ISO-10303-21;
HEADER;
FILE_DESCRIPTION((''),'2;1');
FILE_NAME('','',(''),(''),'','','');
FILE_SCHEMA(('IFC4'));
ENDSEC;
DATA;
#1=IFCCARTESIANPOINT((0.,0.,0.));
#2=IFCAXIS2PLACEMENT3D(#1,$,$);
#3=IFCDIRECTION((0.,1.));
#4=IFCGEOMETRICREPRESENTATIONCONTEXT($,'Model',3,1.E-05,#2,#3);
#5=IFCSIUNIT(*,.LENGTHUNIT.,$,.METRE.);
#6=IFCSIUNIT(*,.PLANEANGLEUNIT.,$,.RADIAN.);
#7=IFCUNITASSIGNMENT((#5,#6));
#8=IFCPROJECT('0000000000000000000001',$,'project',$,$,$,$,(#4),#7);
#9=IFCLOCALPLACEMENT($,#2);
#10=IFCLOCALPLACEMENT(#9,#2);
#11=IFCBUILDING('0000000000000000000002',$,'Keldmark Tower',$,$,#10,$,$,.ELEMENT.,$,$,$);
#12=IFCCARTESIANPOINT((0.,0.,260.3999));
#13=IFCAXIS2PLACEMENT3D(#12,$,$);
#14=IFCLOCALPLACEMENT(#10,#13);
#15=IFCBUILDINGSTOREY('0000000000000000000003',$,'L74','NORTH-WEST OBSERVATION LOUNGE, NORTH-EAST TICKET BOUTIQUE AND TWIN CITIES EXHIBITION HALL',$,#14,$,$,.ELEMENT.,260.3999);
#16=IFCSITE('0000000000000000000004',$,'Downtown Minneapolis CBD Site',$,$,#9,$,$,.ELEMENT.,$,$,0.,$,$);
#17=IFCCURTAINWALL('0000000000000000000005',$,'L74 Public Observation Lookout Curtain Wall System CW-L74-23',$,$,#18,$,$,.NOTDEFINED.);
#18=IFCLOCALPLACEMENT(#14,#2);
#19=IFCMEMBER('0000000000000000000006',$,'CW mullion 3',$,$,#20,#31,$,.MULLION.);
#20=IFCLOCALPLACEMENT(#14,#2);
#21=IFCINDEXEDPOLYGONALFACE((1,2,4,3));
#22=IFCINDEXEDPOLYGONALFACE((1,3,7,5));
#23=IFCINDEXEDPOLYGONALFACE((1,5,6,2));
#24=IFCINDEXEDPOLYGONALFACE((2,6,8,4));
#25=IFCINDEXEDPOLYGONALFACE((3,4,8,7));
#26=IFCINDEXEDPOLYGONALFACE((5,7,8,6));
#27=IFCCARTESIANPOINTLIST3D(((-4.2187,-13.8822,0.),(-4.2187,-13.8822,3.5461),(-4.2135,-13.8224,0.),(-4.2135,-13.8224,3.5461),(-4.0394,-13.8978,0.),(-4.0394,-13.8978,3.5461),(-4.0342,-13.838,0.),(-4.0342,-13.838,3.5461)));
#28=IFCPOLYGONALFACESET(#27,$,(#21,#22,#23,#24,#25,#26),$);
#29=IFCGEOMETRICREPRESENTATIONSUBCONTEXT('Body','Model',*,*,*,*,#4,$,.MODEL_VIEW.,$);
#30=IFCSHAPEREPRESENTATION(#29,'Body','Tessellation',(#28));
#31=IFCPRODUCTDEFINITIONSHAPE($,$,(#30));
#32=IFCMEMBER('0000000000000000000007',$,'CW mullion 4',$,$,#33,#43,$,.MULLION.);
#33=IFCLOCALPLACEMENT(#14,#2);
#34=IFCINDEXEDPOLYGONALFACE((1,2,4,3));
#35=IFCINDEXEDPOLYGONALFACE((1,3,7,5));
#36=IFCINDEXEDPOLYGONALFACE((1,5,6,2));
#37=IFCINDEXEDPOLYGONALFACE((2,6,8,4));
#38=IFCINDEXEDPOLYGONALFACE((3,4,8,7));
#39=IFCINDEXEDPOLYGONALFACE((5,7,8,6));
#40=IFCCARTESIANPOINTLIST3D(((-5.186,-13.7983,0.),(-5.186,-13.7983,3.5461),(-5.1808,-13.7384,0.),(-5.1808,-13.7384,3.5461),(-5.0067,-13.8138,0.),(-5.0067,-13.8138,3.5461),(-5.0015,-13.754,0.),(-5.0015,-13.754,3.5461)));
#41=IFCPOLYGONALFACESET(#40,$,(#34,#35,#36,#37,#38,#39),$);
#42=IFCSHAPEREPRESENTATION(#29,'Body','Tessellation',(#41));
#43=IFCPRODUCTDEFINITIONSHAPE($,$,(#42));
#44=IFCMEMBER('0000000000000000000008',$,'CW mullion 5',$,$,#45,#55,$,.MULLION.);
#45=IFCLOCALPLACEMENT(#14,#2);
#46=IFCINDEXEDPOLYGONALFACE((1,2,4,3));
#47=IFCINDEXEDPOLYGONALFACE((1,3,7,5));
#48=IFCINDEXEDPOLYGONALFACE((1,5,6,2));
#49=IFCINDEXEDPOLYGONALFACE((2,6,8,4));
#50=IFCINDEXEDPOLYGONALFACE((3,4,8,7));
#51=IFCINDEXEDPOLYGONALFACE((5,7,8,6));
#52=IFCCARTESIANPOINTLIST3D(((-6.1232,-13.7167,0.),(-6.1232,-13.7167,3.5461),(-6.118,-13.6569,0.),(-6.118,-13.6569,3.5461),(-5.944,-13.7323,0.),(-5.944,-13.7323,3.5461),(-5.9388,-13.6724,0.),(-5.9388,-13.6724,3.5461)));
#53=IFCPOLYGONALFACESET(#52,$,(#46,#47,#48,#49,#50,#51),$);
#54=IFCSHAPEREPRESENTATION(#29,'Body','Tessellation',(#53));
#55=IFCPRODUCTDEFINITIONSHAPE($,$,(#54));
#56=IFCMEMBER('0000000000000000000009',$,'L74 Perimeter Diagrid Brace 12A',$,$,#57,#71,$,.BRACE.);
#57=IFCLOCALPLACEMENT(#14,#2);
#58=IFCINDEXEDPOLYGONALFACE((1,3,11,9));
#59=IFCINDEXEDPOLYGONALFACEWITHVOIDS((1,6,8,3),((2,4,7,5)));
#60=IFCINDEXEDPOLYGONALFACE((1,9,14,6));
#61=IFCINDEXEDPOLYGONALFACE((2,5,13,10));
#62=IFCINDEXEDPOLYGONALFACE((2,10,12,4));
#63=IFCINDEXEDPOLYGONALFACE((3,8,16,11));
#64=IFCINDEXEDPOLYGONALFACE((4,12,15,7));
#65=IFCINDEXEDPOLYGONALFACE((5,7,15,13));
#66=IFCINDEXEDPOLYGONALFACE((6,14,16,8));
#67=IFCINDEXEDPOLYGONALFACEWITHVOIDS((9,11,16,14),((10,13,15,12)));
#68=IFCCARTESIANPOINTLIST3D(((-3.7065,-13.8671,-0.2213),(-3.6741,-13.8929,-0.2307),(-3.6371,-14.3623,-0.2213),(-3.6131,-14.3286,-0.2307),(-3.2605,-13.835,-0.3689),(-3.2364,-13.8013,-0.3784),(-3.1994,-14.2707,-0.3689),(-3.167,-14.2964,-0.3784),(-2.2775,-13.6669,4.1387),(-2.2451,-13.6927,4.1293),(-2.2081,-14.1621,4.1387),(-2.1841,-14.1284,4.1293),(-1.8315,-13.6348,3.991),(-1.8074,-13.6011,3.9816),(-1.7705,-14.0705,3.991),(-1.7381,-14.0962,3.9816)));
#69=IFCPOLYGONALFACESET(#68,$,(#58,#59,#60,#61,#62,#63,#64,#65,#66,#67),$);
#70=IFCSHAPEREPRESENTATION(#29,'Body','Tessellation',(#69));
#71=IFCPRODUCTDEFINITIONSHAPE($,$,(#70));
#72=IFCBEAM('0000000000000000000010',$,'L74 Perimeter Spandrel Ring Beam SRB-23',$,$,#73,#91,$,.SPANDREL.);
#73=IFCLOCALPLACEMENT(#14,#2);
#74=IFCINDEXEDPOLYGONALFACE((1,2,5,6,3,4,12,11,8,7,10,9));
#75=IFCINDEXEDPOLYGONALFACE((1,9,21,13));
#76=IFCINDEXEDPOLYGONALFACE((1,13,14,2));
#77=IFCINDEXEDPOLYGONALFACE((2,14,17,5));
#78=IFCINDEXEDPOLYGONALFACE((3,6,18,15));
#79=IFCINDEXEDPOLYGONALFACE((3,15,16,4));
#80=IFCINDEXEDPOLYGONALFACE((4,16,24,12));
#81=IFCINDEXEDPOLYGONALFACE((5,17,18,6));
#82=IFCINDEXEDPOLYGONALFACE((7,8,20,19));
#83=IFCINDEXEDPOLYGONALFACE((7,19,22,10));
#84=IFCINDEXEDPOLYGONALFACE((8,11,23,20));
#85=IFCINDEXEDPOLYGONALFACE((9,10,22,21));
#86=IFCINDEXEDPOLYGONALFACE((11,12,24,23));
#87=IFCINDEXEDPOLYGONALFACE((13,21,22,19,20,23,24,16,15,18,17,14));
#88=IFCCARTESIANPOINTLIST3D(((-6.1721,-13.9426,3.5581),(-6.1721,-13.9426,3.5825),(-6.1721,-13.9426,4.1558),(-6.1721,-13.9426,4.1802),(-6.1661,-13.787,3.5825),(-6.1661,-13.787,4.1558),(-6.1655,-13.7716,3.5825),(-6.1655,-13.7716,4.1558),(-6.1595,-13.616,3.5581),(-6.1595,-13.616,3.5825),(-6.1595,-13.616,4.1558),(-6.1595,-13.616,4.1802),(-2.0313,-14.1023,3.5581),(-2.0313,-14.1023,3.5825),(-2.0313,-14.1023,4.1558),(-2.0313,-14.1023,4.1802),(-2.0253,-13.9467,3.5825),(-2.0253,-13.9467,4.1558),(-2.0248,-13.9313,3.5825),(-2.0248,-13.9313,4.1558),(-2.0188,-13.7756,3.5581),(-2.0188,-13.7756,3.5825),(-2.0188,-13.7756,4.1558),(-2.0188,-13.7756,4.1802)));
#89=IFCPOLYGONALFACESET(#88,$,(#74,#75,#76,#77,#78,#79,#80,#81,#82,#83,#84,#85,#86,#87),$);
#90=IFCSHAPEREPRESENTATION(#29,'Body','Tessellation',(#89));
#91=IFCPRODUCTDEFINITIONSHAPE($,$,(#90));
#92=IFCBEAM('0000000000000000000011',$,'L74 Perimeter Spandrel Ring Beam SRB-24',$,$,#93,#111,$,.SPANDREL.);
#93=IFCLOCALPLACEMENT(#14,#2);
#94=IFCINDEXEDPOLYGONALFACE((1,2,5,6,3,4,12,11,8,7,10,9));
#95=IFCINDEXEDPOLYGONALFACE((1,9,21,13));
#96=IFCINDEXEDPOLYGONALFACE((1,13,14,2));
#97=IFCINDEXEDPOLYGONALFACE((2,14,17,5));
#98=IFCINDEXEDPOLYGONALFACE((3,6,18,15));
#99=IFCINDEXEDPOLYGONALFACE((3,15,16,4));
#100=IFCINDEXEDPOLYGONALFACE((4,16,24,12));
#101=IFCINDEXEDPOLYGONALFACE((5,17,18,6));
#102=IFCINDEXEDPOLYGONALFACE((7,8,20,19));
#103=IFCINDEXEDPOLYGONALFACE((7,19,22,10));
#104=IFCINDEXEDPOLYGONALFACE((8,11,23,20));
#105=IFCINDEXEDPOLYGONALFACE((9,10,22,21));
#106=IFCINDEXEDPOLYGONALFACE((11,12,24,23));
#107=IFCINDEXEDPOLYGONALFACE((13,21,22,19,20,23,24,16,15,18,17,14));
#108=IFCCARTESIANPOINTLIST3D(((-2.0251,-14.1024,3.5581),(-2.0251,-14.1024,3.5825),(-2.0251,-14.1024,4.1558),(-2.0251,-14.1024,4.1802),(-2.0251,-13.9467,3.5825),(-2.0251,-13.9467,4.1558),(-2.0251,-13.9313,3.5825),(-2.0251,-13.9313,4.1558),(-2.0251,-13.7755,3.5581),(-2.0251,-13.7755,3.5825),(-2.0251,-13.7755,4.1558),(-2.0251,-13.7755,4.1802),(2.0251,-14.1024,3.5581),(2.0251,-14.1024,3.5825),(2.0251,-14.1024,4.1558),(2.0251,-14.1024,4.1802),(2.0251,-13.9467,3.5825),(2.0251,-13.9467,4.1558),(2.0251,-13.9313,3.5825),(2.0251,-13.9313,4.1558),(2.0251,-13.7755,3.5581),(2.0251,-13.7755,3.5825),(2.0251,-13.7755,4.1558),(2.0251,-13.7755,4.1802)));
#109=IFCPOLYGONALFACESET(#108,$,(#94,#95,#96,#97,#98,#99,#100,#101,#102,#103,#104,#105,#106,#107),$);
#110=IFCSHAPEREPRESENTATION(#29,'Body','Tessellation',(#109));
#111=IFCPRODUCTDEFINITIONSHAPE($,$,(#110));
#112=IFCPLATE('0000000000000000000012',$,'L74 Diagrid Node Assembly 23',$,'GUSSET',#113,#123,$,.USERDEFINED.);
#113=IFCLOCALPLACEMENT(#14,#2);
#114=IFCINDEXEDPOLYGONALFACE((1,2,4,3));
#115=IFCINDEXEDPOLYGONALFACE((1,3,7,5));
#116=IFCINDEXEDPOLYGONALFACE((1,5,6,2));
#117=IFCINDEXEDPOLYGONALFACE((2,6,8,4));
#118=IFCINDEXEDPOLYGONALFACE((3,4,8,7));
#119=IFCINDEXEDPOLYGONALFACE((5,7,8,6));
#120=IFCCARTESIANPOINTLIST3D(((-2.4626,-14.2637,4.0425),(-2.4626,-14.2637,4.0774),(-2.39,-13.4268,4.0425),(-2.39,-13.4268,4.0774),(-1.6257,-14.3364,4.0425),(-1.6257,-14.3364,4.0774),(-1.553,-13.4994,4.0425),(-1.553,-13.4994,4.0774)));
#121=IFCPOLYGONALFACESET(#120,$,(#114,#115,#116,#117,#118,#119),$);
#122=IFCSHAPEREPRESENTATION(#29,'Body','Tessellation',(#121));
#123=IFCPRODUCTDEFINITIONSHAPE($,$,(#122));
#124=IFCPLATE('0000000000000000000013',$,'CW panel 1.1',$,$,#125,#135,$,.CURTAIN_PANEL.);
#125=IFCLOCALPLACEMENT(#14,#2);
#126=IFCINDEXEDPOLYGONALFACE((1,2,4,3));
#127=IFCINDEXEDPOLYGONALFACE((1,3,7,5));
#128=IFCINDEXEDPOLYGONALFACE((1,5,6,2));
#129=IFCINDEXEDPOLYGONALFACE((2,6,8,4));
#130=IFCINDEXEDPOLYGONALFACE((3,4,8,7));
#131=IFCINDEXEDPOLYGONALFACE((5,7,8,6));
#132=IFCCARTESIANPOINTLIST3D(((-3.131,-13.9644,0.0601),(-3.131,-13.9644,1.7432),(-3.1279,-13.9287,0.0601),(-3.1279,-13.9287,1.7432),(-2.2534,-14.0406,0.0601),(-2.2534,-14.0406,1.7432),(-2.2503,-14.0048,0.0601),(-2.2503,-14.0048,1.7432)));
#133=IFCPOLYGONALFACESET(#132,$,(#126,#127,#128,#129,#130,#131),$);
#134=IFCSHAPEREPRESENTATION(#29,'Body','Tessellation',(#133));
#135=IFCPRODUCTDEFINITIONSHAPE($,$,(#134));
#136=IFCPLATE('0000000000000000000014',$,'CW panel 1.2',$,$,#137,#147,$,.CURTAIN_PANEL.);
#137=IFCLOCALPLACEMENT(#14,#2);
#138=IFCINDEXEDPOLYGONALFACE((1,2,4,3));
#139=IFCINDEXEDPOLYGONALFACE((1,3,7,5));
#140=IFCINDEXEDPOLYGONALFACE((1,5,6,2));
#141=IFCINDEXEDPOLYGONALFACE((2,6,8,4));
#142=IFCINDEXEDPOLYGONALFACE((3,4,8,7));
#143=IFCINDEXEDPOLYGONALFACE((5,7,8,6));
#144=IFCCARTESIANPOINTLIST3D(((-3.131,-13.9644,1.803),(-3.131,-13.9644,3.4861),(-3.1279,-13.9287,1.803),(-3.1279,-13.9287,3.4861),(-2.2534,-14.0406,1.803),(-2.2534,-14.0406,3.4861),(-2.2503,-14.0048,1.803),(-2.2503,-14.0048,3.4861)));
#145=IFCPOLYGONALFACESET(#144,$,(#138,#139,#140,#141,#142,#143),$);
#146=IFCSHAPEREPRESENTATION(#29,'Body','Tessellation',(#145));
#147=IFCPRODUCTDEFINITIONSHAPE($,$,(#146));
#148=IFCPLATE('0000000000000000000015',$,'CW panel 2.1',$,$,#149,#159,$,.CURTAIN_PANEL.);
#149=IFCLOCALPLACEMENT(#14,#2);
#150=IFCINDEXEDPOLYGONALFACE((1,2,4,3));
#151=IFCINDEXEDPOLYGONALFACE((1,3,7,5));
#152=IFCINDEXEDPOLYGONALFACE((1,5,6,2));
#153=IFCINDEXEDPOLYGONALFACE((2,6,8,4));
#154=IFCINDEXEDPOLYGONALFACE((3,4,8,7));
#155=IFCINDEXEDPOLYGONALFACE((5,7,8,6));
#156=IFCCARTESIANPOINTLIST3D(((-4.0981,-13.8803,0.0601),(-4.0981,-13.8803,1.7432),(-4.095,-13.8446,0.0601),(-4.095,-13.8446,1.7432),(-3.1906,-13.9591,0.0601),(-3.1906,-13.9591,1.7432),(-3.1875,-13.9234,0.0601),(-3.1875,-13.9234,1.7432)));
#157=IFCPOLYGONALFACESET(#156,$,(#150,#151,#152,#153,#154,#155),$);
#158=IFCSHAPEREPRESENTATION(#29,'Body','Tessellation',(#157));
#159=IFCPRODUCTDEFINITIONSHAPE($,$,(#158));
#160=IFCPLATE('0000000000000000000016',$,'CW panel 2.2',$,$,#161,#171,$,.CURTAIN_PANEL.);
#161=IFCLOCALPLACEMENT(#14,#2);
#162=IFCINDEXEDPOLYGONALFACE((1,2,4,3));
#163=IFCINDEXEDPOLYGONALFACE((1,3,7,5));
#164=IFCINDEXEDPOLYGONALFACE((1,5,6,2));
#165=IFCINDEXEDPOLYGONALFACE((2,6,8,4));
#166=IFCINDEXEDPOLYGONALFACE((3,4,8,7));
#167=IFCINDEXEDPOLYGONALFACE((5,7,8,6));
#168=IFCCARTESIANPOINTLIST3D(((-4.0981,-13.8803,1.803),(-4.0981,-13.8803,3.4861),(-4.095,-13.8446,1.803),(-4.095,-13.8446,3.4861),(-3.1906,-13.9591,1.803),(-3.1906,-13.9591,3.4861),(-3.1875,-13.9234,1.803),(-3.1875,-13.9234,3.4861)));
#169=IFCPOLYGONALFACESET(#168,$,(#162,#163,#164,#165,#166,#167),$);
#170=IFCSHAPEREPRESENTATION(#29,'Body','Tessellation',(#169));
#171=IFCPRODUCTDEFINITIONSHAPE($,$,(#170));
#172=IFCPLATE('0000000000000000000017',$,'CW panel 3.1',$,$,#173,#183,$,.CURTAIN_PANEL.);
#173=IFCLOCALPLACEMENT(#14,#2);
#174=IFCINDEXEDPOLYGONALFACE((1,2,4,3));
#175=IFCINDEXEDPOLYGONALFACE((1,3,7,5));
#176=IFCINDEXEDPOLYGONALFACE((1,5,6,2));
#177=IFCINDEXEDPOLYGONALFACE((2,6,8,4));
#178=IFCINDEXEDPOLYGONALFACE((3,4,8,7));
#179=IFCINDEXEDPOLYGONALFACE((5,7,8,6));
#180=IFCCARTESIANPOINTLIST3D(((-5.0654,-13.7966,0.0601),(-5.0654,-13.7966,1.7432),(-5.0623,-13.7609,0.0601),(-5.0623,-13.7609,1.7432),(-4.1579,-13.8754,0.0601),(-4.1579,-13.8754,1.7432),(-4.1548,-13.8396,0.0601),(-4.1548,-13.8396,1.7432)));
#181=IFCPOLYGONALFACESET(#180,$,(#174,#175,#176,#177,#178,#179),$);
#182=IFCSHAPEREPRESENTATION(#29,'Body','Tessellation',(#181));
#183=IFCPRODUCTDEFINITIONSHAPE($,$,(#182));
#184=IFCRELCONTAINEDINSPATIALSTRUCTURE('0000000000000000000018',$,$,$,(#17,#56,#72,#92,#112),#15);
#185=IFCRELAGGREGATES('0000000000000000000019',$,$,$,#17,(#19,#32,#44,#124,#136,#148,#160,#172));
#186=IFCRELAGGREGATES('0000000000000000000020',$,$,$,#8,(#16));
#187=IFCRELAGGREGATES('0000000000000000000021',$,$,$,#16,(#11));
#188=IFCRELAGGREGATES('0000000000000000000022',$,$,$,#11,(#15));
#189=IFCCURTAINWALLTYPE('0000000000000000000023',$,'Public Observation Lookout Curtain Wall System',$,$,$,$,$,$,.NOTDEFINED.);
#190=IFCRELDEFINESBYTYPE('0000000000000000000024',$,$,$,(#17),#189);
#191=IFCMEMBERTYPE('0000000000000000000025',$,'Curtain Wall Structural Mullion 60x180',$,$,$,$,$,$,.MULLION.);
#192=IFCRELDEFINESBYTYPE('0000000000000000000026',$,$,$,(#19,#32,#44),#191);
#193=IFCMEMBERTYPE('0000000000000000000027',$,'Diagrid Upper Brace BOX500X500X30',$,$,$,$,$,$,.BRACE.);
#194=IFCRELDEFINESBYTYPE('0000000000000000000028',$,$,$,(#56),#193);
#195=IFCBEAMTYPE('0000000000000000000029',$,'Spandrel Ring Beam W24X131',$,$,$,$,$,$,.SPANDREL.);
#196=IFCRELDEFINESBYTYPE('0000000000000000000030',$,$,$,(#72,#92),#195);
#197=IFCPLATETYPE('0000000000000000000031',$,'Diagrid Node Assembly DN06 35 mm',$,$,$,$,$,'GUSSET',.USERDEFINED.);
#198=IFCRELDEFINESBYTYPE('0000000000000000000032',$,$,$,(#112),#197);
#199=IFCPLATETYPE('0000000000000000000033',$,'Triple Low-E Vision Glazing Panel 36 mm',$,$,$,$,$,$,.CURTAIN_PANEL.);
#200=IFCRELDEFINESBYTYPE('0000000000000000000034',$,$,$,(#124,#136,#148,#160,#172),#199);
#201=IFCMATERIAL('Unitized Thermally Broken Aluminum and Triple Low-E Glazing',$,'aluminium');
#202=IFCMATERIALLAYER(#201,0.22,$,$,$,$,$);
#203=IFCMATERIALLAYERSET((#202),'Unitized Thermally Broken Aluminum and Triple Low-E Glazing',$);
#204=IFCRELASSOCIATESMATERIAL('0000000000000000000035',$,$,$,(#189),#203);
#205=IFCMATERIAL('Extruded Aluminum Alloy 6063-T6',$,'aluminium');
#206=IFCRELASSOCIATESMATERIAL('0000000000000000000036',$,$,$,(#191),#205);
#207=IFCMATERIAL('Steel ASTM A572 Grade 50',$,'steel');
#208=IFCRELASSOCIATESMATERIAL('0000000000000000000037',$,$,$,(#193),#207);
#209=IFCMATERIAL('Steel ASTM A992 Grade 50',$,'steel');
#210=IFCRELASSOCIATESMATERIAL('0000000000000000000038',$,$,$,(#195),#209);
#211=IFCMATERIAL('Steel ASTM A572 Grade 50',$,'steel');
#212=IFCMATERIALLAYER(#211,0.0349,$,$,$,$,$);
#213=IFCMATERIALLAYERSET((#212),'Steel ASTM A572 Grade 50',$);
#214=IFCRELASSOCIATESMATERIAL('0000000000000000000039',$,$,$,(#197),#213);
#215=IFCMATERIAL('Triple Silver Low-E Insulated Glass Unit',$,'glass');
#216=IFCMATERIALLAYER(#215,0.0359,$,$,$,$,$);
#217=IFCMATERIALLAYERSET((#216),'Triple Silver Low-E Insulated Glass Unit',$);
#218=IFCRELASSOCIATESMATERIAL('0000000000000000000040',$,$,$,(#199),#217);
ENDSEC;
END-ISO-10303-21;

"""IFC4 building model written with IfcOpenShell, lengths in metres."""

from ifc_helpers import new_model, si_unit, direction, frame, origin, origin_2d, place, context, subcontext, project, spatial, rectangle, hollow_rectangle, i_section, extrude, material, layer, layer_set, material_profile, profile_set, type_object, element, aggregate, save


model = new_model("IFC4")

# Units and contexts
model_context = context("Model", 3, precision=1e-05, world=origin(), true_north=direction((0.0, 1.0)))
body_context = subcontext(model_context, "Body", "Model", "MODEL_VIEW")
ifc_project = project(units=[si_unit("LENGTHUNIT", "METRE"), si_unit("PLANEANGLEUNIT", "RADIAN")], contexts=[model_context])

# Site, building, storey
site_placement = place(None, origin())
site = spatial("IfcSite", under=ifc_project, at=site_placement, Name="Downtown Minneapolis CBD Site", CompositionType="ELEMENT", RefElevation=0.0)
building_placement = place(site_placement, origin())
building = spatial("IfcBuilding", under=site, at=building_placement, Name="Keldmark Tower", CompositionType="ELEMENT")
storey_placement = place(building_placement, frame((0.0, 0.0, 260.3999)))
storey = spatial("IfcBuildingStorey", under=building, at=storey_placement, Name="L74", Description="NORTH-WEST OBSERVATION LOUNGE, NORTH-EAST TICKET BOUTIQUE AND TWIN CITIES EXHIBITION HALL", CompositionType="ELEMENT", Elevation=260.3999)

# Curtain wall, members
ifc_material_1 = material(Name="Unitized Thermally Broken Aluminum and Triple Low-E Glazing", Category="aluminium")
ifc_layer_1 = layer(ifc_material_1, 0.22)
ifc_layer_set_1 = layer_set([ifc_layer_1], Name="Unitized Thermally Broken Aluminum and Triple Low-E Glazing")
curtain_wall_type = type_object("IfcCurtainWallType", Name="Public Observation Lookout Curtain Wall System", PredefinedType="NOTDEFINED", material=ifc_layer_set_1)
curtain_wall_placement = place(storey_placement, origin())
curtain_wall = element("IfcCurtainWall", 1, at=curtain_wall_placement, inside=storey, type_object=curtain_wall_type, Name="L74 Public Observation Lookout Curtain Wall System CW-L74-23", PredefinedType="NOTDEFINED")
ifc_material_2 = material(Name="Extruded Aluminum Alloy 6063-T6", Category="aluminium")
ifc_material_profile_1 = material_profile(ifc_material_2, rectangle(XDim=0.0601, YDim=0.1799, at=origin_2d()), Name="CWM60X180")
ifc_profile_set_1 = profile_set([ifc_material_profile_1], Name="Extruded Aluminum Alloy 6063-T6")
member_type_1 = type_object("IfcMemberType", Name="Curtain Wall Structural Mullion 60x180", PredefinedType="MULLION", material=ifc_profile_set_1)
member_1_placement = place(storey_placement, frame((-4.1265, -13.8601, 0.0), z_axis=(0.0, 0.0, 1.0), x_axis=(-0.086472, -0.996254, 0.0)))
member_1 = element("IfcMember", 2, at=member_1_placement, type_object=member_type_1, Name="CW mullion 3", PredefinedType="MULLION", context=body_context, shape_type="SweptSolid", body=[
    extrude(rectangle(XDim=0.0601, YDim=0.1799, at=origin_2d()), origin(), (0.0, 0.0, 1.0), 3.5461),
])
member_2_placement = place(storey_placement, frame((-5.0938, -13.7761, 0.0), z_axis=(0.0, 0.0, 1.0), x_axis=(-0.086472, -0.996254, 0.0)))
member_2 = element("IfcMember", 3, at=member_2_placement, type_object=member_type_1, Name="CW mullion 4", PredefinedType="MULLION", context=body_context, shape_type="SweptSolid", body=[
    extrude(rectangle(XDim=0.0601, YDim=0.1799, at=origin_2d()), origin(), (0.0, 0.0, 1.0), 3.5461),
])
member_3_placement = place(storey_placement, frame((-6.031, -13.6946, 0.0), z_axis=(0.0, 0.0, 1.0), x_axis=(-0.086472, -0.996254, 0.0)))
member_3 = element("IfcMember", 4, at=member_3_placement, type_object=member_type_1, Name="CW mullion 5", PredefinedType="MULLION", context=body_context, shape_type="SweptSolid", body=[
    extrude(rectangle(XDim=0.0601, YDim=0.1799, at=origin_2d()), origin(), (0.0, 0.0, 1.0), 3.5461),
])

# Member
ifc_material_3 = material(Name="Steel ASTM A572 Grade 50", Category="steel")
ifc_material_profile_2 = material_profile(ifc_material_3, hollow_rectangle(XDim=0.5, YDim=0.5, WallThickness=0.03, at=origin_2d()), Name="BOX500X500X30")
ifc_profile_set_2 = profile_set([ifc_material_profile_2], Name="Steel ASTM A572 Grade 50")
member_type_2 = type_object("IfcMemberType", Name="Diagrid Upper Brace BOX500X500X30", PredefinedType="BRACE", material=ifc_profile_set_2)
member_4_placement = place(storey_placement, frame((-3.4368, -14.0818, -0.2998), z_axis=(0.311155, 0.043592, 0.949359), x_axis=(-0.138744, 0.990328, 0.0)))
element("IfcMember", 5, at=member_4_placement, inside=storey, type_object=member_type_2, Name="L74 Perimeter Diagrid Brace 12A", PredefinedType="BRACE", context=body_context, shape_type="SweptSolid", body=[
    extrude(hollow_rectangle(XDim=0.5, YDim=0.5, WallThickness=0.03, at=origin_2d()), origin(), (0.0, 0.0, 1.0), 4.5925),
])

# Beams
ifc_material_4 = material(Name="Steel ASTM A992 Grade 50", Category="steel")
ifc_material_profile_3 = material_profile(ifc_material_4, i_section(OverallWidth=0.3269, OverallDepth=0.6221, WebThickness=0.0154, FlangeThickness=0.0244, at=origin_2d()), Name="W24X131")
ifc_profile_set_3 = profile_set([ifc_material_profile_3], Name="Steel ASTM A992 Grade 50")
beam_type = type_object("IfcBeamType", Name="Spandrel Ring Beam W24X131", PredefinedType="SPANDREL", material=ifc_profile_set_3)
beam_1_placement = place(storey_placement, frame((-6.1658, -13.7793, 3.8691), z_axis=(0.999257, -0.038533, 0.0), x_axis=(0.038533, 0.999257, 0.0)))
element("IfcBeam", 6, at=beam_1_placement, inside=storey, type_object=beam_type, Name="L74 Perimeter Spandrel Ring Beam SRB-23", PredefinedType="SPANDREL", context=body_context, shape_type="SweptSolid", body=[
    extrude(i_section(OverallWidth=0.3269, OverallDepth=0.6221, WebThickness=0.0154, FlangeThickness=0.0244, at=origin_2d()), origin(), (0.0, 0.0, 1.0), 4.1438),
])
beam_2_placement = place(storey_placement, frame((-2.0251, -13.939, 3.8691), z_axis=(1.0, 0.0, 0.0), x_axis=(0.0, 1.0, 0.0)))
element("IfcBeam", 7, at=beam_2_placement, inside=storey, type_object=beam_type, Name="L74 Perimeter Spandrel Ring Beam SRB-24", PredefinedType="SPANDREL", context=body_context, shape_type="SweptSolid", body=[
    extrude(i_section(OverallWidth=0.3269, OverallDepth=0.6221, WebThickness=0.0154, FlangeThickness=0.0244, at=origin_2d()), origin(), (0.0, 0.0, 1.0), 4.0503),
])

# Plates
ifc_material_5 = material(Name="Steel ASTM A572 Grade 50", Category="steel")
ifc_layer_2 = layer(ifc_material_5, 0.0349)
ifc_layer_set_2 = layer_set([ifc_layer_2], Name="Steel ASTM A572 Grade 50")
plate_type_1 = type_object("IfcPlateType", Name="Diagrid Node Assembly DN06 35 mm", ElementType="GUSSET", PredefinedType="USERDEFINED", material=ifc_layer_set_2)
plate_1_placement = place(storey_placement, frame((-2.0078, -13.8816, 4.0425), z_axis=(0.0, 0.0, 1.0), x_axis=(0.996255, -0.08646, 0.0)))
element("IfcPlate", 8, at=plate_1_placement, inside=storey, type_object=plate_type_1, Name="L74 Diagrid Node Assembly 23", ObjectType="GUSSET", PredefinedType="USERDEFINED", context=body_context, shape_type="SweptSolid", body=[
    extrude(rectangle(XDim=0.8401, YDim=0.8401, at=origin_2d()), origin(), (0.0, 0.0, 1.0), 0.0349),
])
ifc_material_6 = material(Name="Triple Silver Low-E Insulated Glass Unit", Category="glass")
ifc_layer_3 = layer(ifc_material_6, 0.0359)
ifc_layer_set_3 = layer_set([ifc_layer_3], Name="Triple Silver Low-E Insulated Glass Unit")
plate_type_2 = type_object("IfcPlateType", Name="Triple Low-E Vision Glazing Panel 36 mm", PredefinedType="CURTAIN_PANEL", material=ifc_layer_set_3)
plate_2_placement = place(storey_placement, frame((-2.6907, -13.9846, 0.0601), z_axis=(0.0, 0.0, 1.0), x_axis=(-0.996254, 0.086472, 0.0)))
plate_2 = element("IfcPlate", 9, at=plate_2_placement, type_object=plate_type_2, Name="CW panel 1.1", PredefinedType="CURTAIN_PANEL", context=body_context, shape_type="SweptSolid", body=[
    extrude(rectangle(XDim=0.8809, YDim=0.0359, at=origin_2d()), origin(), (0.0, 0.0, 1.0), 1.6831),
])
plate_3_placement = place(storey_placement, frame((-2.6907, -13.9846, 1.803), z_axis=(0.0, 0.0, 1.0), x_axis=(-0.996254, 0.086472, 0.0)))
plate_3 = element("IfcPlate", 10, at=plate_3_placement, type_object=plate_type_2, Name="CW panel 1.2", PredefinedType="CURTAIN_PANEL", context=body_context, shape_type="SweptSolid", body=[
    extrude(rectangle(XDim=0.8809, YDim=0.0359, at=origin_2d()), origin(), (0.0, 0.0, 1.0), 1.6831),
])
plate_4_placement = place(storey_placement, frame((-3.6428, -13.9019, 0.0601), z_axis=(0.0, 0.0, 1.0), x_axis=(-0.996254, 0.086472, 0.0)))
plate_4 = element("IfcPlate", 11, at=plate_4_placement, type_object=plate_type_2, Name="CW panel 2.1", PredefinedType="CURTAIN_PANEL", context=body_context, shape_type="SweptSolid", body=[
    extrude(rectangle(XDim=0.9109, YDim=0.0359, at=origin_2d()), origin(), (0.0, 0.0, 1.0), 1.6831),
])
plate_5_placement = place(storey_placement, frame((-3.6428, -13.9019, 1.803), z_axis=(0.0, 0.0, 1.0), x_axis=(-0.996254, 0.086472, 0.0)))
plate_5 = element("IfcPlate", 12, at=plate_5_placement, type_object=plate_type_2, Name="CW panel 2.2", PredefinedType="CURTAIN_PANEL", context=body_context, shape_type="SweptSolid", body=[
    extrude(rectangle(XDim=0.9109, YDim=0.0359, at=origin_2d()), origin(), (0.0, 0.0, 1.0), 1.6831),
])
plate_6_placement = place(storey_placement, frame((-4.6101, -13.8181, 0.0601), z_axis=(0.0, 0.0, 1.0), x_axis=(-0.996254, 0.086472, 0.0)))
plate_6 = element("IfcPlate", 13, at=plate_6_placement, type_object=plate_type_2, Name="CW panel 3.1", PredefinedType="CURTAIN_PANEL", context=body_context, shape_type="SweptSolid", body=[
    extrude(rectangle(XDim=0.9109, YDim=0.0359, at=origin_2d()), origin(), (0.0, 0.0, 1.0), 1.6831),
])
aggregate(curtain_wall, [member_1, member_2, member_3, plate_2, plate_3, plate_4, plate_5, plate_6])

save(model, "model.ifc")
